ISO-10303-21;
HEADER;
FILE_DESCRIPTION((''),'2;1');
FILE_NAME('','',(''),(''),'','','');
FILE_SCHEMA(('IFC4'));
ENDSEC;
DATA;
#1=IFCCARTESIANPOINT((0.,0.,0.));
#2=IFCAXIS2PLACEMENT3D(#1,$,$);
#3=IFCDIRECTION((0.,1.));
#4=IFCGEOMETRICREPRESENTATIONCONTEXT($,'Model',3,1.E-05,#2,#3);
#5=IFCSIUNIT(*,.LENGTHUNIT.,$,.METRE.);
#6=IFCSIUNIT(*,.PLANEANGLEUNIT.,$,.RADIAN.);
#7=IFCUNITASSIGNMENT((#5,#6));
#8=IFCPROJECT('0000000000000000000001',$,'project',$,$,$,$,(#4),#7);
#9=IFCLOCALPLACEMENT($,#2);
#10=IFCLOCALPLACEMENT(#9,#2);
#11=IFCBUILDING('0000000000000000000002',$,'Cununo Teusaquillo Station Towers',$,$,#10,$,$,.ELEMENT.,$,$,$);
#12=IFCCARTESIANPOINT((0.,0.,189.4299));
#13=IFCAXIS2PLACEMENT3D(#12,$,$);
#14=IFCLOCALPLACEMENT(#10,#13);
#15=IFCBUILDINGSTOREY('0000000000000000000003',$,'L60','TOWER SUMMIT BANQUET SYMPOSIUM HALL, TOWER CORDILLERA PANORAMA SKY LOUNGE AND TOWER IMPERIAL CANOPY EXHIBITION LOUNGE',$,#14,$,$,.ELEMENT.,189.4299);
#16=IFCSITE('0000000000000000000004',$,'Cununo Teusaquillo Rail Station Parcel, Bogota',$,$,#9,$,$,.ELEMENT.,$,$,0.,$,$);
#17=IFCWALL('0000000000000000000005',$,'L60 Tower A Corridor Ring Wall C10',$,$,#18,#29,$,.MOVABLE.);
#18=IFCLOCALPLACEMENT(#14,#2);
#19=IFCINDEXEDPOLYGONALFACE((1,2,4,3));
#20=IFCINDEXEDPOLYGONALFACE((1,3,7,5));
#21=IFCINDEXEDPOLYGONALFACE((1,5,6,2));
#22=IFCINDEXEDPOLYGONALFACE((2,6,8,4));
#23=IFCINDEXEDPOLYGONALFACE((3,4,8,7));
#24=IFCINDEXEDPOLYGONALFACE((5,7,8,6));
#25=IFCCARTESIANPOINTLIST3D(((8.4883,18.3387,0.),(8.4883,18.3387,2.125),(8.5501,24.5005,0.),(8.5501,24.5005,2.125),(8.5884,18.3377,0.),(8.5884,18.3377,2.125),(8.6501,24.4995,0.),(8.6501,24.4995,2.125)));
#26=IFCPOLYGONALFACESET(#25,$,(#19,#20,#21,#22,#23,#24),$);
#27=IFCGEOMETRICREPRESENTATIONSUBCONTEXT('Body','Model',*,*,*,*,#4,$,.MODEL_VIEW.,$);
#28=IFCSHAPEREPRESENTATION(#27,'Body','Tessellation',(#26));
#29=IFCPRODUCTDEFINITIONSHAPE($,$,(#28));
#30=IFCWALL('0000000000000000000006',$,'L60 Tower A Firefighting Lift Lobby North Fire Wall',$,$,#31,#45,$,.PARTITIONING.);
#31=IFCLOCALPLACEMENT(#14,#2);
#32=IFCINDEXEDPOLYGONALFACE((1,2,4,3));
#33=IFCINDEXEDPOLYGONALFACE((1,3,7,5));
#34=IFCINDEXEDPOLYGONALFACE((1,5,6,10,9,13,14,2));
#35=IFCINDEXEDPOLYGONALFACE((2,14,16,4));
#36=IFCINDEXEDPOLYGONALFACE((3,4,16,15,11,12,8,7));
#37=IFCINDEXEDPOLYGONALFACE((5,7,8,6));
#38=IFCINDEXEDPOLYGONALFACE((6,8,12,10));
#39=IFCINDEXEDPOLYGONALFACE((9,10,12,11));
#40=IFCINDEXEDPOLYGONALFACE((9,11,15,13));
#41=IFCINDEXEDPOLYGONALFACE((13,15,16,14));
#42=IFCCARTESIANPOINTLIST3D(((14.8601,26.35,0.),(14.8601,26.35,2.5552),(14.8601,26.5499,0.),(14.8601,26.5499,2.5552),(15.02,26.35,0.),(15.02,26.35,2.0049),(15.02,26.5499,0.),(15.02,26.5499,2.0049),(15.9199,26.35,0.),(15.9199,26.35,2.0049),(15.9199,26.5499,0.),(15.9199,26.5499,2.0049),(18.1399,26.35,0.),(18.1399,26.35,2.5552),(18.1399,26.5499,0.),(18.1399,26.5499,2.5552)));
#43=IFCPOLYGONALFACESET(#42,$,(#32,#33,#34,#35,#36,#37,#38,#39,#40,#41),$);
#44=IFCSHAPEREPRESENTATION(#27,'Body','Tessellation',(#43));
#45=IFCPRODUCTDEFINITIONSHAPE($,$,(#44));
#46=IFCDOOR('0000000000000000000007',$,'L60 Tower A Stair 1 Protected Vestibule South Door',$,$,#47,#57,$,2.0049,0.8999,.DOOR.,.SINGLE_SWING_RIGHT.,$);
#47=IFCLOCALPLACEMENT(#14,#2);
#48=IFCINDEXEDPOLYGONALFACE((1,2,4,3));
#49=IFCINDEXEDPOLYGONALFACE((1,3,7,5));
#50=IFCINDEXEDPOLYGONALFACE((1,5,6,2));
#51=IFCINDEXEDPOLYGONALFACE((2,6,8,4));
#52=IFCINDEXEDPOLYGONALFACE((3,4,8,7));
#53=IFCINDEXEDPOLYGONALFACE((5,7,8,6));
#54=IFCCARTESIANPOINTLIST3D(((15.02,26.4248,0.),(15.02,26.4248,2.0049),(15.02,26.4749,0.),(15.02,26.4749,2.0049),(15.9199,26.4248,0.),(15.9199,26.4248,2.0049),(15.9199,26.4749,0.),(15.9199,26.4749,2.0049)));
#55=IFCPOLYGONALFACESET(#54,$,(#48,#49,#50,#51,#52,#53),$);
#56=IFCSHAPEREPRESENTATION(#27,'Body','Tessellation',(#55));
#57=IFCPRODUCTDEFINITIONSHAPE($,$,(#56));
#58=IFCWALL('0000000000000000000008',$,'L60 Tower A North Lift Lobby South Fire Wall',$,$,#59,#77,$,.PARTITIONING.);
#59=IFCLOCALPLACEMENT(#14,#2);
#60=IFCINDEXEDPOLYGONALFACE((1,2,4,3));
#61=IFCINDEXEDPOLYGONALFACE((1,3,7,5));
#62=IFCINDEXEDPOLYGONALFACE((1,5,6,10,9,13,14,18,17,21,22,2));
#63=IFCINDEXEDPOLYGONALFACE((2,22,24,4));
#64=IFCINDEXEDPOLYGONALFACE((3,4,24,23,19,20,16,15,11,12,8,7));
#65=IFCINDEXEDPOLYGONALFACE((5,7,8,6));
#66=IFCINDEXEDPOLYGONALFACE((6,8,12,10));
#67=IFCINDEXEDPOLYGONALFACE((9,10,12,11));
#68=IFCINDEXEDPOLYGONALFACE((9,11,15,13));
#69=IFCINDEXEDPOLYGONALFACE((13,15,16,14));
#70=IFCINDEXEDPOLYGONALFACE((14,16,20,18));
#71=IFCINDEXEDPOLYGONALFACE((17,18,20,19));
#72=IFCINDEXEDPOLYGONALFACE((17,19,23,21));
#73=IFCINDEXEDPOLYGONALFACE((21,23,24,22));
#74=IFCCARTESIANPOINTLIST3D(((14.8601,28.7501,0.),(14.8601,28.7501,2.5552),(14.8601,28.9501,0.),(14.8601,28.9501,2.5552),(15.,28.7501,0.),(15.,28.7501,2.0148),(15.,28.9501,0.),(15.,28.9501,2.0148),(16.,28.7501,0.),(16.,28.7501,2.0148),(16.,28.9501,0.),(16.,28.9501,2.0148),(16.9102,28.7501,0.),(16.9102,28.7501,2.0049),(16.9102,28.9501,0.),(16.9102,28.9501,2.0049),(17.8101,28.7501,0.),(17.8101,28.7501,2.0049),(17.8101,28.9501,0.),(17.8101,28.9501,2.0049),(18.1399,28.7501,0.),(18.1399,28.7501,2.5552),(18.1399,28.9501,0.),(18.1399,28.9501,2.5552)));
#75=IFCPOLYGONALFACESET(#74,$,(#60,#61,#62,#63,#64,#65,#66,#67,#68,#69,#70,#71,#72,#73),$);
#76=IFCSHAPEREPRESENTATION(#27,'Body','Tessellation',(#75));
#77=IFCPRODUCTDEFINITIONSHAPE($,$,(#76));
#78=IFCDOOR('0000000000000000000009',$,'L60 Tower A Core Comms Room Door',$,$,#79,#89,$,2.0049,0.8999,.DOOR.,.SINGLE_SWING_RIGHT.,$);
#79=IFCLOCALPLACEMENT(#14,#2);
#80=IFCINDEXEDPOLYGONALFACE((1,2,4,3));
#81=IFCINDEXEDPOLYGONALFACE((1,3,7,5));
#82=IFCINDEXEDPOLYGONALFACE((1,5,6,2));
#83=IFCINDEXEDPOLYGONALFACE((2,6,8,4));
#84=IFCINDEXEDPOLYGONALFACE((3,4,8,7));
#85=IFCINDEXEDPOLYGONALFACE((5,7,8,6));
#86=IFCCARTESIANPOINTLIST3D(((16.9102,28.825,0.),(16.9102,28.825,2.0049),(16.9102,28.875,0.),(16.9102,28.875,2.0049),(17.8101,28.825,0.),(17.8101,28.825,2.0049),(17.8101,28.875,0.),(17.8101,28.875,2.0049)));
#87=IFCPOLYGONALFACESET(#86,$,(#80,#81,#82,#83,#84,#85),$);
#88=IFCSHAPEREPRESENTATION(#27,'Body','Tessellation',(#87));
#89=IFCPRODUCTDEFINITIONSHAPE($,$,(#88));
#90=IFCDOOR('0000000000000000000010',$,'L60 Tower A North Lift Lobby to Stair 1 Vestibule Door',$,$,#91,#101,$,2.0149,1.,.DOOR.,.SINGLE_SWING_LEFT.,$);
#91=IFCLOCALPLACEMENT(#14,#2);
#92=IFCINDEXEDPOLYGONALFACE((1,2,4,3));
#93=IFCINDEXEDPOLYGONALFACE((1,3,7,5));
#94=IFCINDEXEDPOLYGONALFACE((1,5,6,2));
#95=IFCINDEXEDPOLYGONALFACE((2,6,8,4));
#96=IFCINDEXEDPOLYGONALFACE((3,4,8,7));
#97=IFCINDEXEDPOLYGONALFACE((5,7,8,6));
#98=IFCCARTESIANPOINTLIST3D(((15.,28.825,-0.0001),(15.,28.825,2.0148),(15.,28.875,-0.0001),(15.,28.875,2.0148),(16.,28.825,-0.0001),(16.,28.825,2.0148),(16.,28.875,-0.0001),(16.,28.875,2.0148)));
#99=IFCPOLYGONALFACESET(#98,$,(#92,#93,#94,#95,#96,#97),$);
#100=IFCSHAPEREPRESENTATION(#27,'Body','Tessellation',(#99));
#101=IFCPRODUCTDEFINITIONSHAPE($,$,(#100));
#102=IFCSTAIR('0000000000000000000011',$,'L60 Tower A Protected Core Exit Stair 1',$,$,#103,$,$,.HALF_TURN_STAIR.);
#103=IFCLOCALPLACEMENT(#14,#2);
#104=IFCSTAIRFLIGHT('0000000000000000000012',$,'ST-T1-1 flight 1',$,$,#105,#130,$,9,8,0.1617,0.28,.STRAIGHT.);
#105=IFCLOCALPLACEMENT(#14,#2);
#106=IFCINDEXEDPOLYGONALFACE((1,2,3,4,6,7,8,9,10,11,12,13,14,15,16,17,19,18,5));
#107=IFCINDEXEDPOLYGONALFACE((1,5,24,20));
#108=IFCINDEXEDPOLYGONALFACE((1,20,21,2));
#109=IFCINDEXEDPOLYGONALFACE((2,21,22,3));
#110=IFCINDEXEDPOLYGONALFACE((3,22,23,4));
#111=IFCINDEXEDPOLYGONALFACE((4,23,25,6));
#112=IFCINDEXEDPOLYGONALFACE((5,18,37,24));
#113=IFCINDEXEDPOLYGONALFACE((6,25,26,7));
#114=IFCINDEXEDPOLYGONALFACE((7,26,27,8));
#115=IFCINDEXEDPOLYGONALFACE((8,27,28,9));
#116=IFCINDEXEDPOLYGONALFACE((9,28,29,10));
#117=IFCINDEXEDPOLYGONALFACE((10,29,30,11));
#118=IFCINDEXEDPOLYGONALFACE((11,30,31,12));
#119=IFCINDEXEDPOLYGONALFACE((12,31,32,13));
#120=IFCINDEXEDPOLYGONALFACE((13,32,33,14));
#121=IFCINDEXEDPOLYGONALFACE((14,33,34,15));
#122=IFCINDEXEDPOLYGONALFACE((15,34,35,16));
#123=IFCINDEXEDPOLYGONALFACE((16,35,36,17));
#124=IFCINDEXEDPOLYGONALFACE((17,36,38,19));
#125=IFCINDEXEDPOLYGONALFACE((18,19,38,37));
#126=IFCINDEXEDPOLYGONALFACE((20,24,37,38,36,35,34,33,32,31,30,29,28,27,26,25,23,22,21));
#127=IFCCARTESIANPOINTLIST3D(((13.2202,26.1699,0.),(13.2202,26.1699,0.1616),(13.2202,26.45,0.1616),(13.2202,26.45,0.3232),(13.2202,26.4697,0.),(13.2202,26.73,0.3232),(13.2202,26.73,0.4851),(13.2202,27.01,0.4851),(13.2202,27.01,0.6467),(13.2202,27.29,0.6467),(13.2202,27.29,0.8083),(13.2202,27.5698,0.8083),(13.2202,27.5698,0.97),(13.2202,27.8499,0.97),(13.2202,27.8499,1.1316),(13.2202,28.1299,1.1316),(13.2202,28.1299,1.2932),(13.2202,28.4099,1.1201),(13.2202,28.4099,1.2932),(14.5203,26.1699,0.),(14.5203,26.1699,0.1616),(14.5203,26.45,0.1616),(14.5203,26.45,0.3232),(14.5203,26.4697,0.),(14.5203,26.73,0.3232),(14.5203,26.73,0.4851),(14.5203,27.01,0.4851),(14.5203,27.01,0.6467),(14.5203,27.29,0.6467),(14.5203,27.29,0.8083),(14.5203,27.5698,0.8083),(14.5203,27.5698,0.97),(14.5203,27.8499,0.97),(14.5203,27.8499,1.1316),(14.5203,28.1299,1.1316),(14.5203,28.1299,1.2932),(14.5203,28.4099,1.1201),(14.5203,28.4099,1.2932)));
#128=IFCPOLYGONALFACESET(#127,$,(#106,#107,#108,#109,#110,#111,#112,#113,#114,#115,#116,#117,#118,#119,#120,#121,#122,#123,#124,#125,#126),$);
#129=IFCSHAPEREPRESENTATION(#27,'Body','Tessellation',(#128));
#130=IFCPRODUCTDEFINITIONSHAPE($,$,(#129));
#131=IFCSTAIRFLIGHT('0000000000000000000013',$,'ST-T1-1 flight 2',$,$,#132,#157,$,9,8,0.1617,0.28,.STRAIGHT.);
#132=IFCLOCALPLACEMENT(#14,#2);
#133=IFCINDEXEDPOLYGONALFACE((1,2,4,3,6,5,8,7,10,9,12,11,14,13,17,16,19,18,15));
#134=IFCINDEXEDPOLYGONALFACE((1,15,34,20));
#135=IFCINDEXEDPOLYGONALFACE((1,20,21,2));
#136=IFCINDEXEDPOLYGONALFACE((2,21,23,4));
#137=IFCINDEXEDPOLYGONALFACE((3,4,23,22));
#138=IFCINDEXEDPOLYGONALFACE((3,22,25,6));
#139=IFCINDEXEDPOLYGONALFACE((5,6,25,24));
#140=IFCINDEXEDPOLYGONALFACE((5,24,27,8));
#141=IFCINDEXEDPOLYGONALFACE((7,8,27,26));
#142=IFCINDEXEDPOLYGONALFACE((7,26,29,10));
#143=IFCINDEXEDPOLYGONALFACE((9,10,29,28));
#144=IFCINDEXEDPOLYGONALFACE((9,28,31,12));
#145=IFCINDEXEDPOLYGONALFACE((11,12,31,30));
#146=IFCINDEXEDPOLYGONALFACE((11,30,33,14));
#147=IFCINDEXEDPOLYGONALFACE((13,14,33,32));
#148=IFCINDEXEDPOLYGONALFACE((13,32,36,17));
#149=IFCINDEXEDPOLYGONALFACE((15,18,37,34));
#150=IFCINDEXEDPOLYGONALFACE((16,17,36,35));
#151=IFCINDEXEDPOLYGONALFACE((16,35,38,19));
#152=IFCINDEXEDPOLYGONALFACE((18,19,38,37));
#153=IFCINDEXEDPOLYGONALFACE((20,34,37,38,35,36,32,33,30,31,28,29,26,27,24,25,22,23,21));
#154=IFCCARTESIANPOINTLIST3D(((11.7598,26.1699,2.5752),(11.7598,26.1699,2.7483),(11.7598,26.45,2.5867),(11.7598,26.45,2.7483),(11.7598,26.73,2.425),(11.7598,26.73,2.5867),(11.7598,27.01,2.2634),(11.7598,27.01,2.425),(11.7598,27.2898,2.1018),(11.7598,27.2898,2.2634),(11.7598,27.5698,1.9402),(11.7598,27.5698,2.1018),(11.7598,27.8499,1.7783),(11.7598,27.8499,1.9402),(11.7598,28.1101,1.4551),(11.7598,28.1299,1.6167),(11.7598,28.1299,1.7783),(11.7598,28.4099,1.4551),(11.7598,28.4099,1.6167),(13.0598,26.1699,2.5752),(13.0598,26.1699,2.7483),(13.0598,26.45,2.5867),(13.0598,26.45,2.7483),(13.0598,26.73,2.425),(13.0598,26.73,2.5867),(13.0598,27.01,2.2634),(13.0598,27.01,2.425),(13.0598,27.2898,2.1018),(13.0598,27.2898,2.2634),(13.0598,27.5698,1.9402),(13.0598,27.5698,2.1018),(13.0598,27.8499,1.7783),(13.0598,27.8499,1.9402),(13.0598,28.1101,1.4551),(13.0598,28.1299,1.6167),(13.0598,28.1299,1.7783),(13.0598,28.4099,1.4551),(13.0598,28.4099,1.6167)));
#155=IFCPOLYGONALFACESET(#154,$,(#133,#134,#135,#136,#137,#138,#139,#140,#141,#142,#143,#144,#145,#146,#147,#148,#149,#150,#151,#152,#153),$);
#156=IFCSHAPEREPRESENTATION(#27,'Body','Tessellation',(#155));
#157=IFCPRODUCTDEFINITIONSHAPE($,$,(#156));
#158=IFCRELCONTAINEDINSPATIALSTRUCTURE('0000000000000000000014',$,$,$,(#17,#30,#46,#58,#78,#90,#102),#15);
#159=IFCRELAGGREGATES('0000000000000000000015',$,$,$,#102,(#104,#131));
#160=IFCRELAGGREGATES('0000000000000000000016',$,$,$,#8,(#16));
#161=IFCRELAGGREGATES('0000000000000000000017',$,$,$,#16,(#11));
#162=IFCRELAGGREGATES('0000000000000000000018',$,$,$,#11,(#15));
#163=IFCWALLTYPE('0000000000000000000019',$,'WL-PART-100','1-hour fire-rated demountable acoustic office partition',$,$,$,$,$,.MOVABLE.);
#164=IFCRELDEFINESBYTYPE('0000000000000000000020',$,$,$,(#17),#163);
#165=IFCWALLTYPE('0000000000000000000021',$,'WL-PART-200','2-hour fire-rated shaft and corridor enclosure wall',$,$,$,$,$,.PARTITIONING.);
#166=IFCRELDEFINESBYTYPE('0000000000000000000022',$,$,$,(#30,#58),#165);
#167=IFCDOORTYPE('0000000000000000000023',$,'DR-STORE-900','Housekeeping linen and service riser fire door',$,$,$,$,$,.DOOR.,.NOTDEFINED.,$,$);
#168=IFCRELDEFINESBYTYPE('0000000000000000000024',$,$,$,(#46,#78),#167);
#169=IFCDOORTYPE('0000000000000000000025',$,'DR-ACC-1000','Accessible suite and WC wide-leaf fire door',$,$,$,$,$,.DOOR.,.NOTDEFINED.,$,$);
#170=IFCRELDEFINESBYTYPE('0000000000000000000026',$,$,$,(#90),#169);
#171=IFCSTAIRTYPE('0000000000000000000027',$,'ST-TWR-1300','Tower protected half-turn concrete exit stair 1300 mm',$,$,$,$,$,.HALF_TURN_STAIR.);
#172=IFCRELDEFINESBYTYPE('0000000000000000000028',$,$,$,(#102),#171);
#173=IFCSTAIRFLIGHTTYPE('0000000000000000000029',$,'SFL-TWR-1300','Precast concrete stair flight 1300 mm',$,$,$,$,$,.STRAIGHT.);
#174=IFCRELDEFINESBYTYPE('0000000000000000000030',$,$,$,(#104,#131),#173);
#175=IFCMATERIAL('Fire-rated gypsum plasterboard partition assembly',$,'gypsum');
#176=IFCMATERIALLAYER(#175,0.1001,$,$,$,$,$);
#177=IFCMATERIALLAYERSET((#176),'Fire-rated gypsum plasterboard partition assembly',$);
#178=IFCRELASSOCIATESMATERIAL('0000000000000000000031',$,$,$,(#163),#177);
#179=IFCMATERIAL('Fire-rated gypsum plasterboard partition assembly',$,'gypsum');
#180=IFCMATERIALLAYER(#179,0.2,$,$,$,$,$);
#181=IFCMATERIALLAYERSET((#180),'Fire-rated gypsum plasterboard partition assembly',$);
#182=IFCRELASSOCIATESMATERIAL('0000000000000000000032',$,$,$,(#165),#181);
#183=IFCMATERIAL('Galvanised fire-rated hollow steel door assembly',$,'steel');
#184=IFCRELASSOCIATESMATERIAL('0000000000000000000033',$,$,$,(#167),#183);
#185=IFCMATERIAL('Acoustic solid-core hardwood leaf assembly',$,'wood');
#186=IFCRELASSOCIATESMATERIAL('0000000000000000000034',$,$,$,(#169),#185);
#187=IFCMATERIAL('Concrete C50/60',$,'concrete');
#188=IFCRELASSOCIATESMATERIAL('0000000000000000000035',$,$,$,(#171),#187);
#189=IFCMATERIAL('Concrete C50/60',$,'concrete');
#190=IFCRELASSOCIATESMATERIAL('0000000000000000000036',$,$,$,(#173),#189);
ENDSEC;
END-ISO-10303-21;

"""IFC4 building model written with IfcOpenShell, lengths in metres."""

from ifc_helpers import new_model, si_unit, direction, frame, frame_2d, origin, place, context, subcontext, project, spatial, polyline, rectangle, outline, extrude, source, transform, mapped, material, layer, layer_set, type_object, element, fill, aggregate, save


model = new_model("IFC4")

# Units and contexts
model_context = context("Model", 3, precision=1e-05, world=origin(), true_north=direction((0.0, 1.0)))
body_context = subcontext(model_context, "Body", "Model", "MODEL_VIEW")
ifc_project = project(units=[si_unit("LENGTHUNIT", "METRE"), si_unit("PLANEANGLEUNIT", "RADIAN")], contexts=[model_context])

# Site, building, storey
site_placement = place(None, origin())
site = spatial("IfcSite", under=ifc_project, at=site_placement, Name="Cununo Teusaquillo Rail Station Parcel, Bogota", CompositionType="ELEMENT", RefElevation=0.0)
building_placement = place(site_placement, origin())
building = spatial("IfcBuilding", under=site, at=building_placement, Name="Cununo Teusaquillo Station Towers", CompositionType="ELEMENT")
storey_placement = place(building_placement, frame((0.0, 0.0, 189.4299)))
storey = spatial("IfcBuildingStorey", under=building, at=storey_placement, Name="L60", Description="TOWER SUMMIT BANQUET SYMPOSIUM HALL, TOWER CORDILLERA PANORAMA SKY LOUNGE AND TOWER IMPERIAL CANOPY EXHIBITION LOUNGE", CompositionType="ELEMENT", Elevation=189.4299)

# Wall
ifc_material_1 = material(Name="Fire-rated gypsum plasterboard partition assembly", Category="gypsum")
ifc_layer_1 = layer(ifc_material_1, 0.1001)
ifc_layer_set_1 = layer_set([ifc_layer_1], Name="Fire-rated gypsum plasterboard partition assembly")
wall_type_1 = type_object("IfcWallType", Name="WL-PART-100", Description="1-hour fire-rated demountable acoustic office partition", PredefinedType="MOVABLE", material=ifc_layer_set_1)
wall_1_placement = place(storey_placement, frame((8.6001, 24.5, 0.0), z_axis=(0.0, 0.0, 1.0), x_axis=(-0.010024, -0.99995, 0.0)))
element("IfcWall", 1, at=wall_1_placement, inside=storey, type_object=wall_type_1, Name="L60 Tower A Corridor Ring Wall C10", PredefinedType="MOVABLE", context=body_context, shape_type="SweptSolid", body=[
    extrude(rectangle(XDim=6.1621, YDim=0.1001, at=frame_2d((3.0811, 0.0))), origin(), (0.0, 0.0, 1.0), 2.125),
])

# Wall, opening, door
ifc_material_2 = material(Name="Fire-rated gypsum plasterboard partition assembly", Category="gypsum")
ifc_layer_2 = layer(ifc_material_2, 0.2)
ifc_layer_set_2 = layer_set([ifc_layer_2], Name="Fire-rated gypsum plasterboard partition assembly")
wall_type_2 = type_object("IfcWallType", Name="WL-PART-200", Description="2-hour fire-rated shaft and corridor enclosure wall", PredefinedType="PARTITIONING", material=ifc_layer_set_2)
wall_2_placement = place(storey_placement, frame((14.8601, 26.45, 0.0), z_axis=(0.0, 0.0, 1.0), x_axis=(1.0, 0.0, 0.0)))
wall_2 = element("IfcWall", 2, at=wall_2_placement, inside=storey, type_object=wall_type_2, Name="L60 Tower A Firefighting Lift Lobby North Fire Wall", PredefinedType="PARTITIONING", context=body_context, shape_type="SweptSolid", body=[
    extrude(rectangle(XDim=3.2798, YDim=0.2, at=frame_2d((1.6399, 0.0))), origin(), (0.0, 0.0, 1.0), 2.5552),
])
shared_shape_1 = source(origin(), body_context, "Body", "SweptSolid", [
    extrude(rectangle(XDim=0.8999, YDim=2.0049, at=frame_2d((0.45, 1.0024))), frame((0.0, 0.1099, 0.0), z_axis=(0.0, -1.0, 0.0), x_axis=(1.0, 0.0, 0.0)), (0.0, 0.0, 1.0), 0.22),
])
opening_1_placement = place(wall_2_placement, frame((0.1599, 0.0, 0.0)))
opening_1 = element("IfcOpeningElement", 3, at=opening_1_placement, cuts=wall_2, PredefinedType="OPENING", context=body_context, shape_type="MappedRepresentation", body=[
    mapped(shared_shape_1, transform((0.0, 0.0, 0.0), x_axis=(1.0, 0.0, 0.0), y_axis=(0.0, 1.0, 0.0), z_axis=(0.0, 0.0, 1.0), scale=1.0)),
])
ifc_material_3 = material(Name="Galvanised fire-rated hollow steel door assembly", Category="steel")
door_type_1 = type_object("IfcDoorType", Name="DR-STORE-900", Description="Housekeeping linen and service riser fire door", OperationType="NOTDEFINED", PredefinedType="DOOR", material=ifc_material_3)
shared_shape_2 = source(origin(), body_context, "Body", "SweptSolid", [
    extrude(rectangle(XDim=0.8999, YDim=2.0049, at=frame_2d((0.45, 1.0024))), frame((0.0, 0.0249, 0.0), z_axis=(0.0, -1.0, 0.0), x_axis=(1.0, 0.0, 0.0)), (0.0, 0.0, 1.0), 0.05),
])
door_1_placement = place(opening_1_placement, origin())
door_1 = element("IfcDoor", 4, at=door_1_placement, inside=storey, type_object=door_type_1, Name="L60 Tower A Stair 1 Protected Vestibule South Door", OperationType="SINGLE_SWING_RIGHT", OverallHeight=2.0049, OverallWidth=0.8999, PredefinedType="DOOR", context=body_context, shape_type="MappedRepresentation", body=[
    mapped(shared_shape_2, transform((0.0, 0.0, 0.0), x_axis=(1.0, 0.0, 0.0), y_axis=(0.0, 1.0, 0.0), z_axis=(0.0, 0.0, 1.0), scale=1.0)),
])
fill(opening_1, door_1)

# Wall, openings, doors
wall_3_placement = place(storey_placement, frame((14.8601, 28.8501, 0.0), z_axis=(0.0, 0.0, 1.0), x_axis=(1.0, 0.0, 0.0)))
wall_3 = element("IfcWall", 5, at=wall_3_placement, inside=storey, type_object=wall_type_2, Name="L60 Tower A North Lift Lobby South Fire Wall", PredefinedType="PARTITIONING", context=body_context, shape_type="SweptSolid", body=[
    extrude(rectangle(XDim=3.2798, YDim=0.2, at=frame_2d((1.6399, 0.0))), origin(), (0.0, 0.0, 1.0), 2.5552),
])
shared_shape_3 = source(origin(), body_context, "Body", "SweptSolid", [
    extrude(rectangle(XDim=1.0, YDim=2.0149, at=frame_2d((0.5, 1.0073))), frame((0.0, 0.1099, 0.0), z_axis=(0.0, -1.0, 0.0), x_axis=(1.0, 0.0, 0.0)), (0.0, 0.0, 1.0), 0.22),
])
opening_2_placement = place(wall_3_placement, frame((0.1399, 0.0, 0.0)))
opening_2 = element("IfcOpeningElement", 6, at=opening_2_placement, cuts=wall_3, PredefinedType="OPENING", context=body_context, shape_type="MappedRepresentation", body=[
    mapped(shared_shape_3, transform((0.0, 0.0, 0.0), x_axis=(1.0, 0.0, 0.0), y_axis=(0.0, 1.0, 0.0), z_axis=(0.0, 0.0, 1.0), scale=1.0)),
])
opening_3_placement = place(wall_3_placement, frame((2.05, 0.0, 0.0)))
opening_3 = element("IfcOpeningElement", 7, at=opening_3_placement, cuts=wall_3, PredefinedType="OPENING", context=body_context, shape_type="MappedRepresentation", body=[
    mapped(shared_shape_1, transform((0.0, 0.0, 0.0), x_axis=(1.0, 0.0, 0.0), y_axis=(0.0, 1.0, 0.0), z_axis=(0.0, 0.0, 1.0), scale=1.0)),
])
door_2_placement = place(opening_3_placement, origin())
door_2 = element("IfcDoor", 8, at=door_2_placement, inside=storey, type_object=door_type_1, Name="L60 Tower A Core Comms Room Door", OperationType="SINGLE_SWING_RIGHT", OverallHeight=2.0049, OverallWidth=0.8999, PredefinedType="DOOR", context=body_context, shape_type="MappedRepresentation", body=[
    mapped(shared_shape_2, transform((0.0, 0.0, 0.0), x_axis=(1.0, 0.0, 0.0), y_axis=(0.0, 1.0, 0.0), z_axis=(0.0, 0.0, 1.0), scale=1.0)),
])
fill(opening_3, door_2)
ifc_material_4 = material(Name="Acoustic solid-core hardwood leaf assembly", Category="wood")
door_type_2 = type_object("IfcDoorType", Name="DR-ACC-1000", Description="Accessible suite and WC wide-leaf fire door", OperationType="NOTDEFINED", PredefinedType="DOOR", material=ifc_material_4)
shared_shape_4 = source(origin(), body_context, "Body", "SweptSolid", [
    extrude(rectangle(XDim=1.0, YDim=2.0149, at=frame_2d((0.5, 1.0073))), frame((0.0, 0.0249, 0.0), z_axis=(0.0, -1.0, 0.0), x_axis=(1.0, 0.0, 0.0)), (0.0, 0.0, 1.0), 0.05),
])
door_3_placement = place(opening_2_placement, origin())
door_3 = element("IfcDoor", 9, at=door_3_placement, inside=storey, type_object=door_type_2, Name="L60 Tower A North Lift Lobby to Stair 1 Vestibule Door", OperationType="SINGLE_SWING_LEFT", OverallHeight=2.0149, OverallWidth=1.0, PredefinedType="DOOR", context=body_context, shape_type="MappedRepresentation", body=[
    mapped(shared_shape_4, transform((0.0, 0.0, 0.0), x_axis=(1.0, 0.0, 0.0), y_axis=(0.0, 1.0, 0.0), z_axis=(0.0, 0.0, 1.0), scale=1.0)),
])
fill(opening_2, door_3)

# Stair, stair flights
ifc_material_5 = material(Name="Concrete C50/60", Category="concrete")
stair_type = type_object("IfcStairType", Name="ST-TWR-1300", Description="Tower protected half-turn concrete exit stair 1300 mm", PredefinedType="HALF_TURN_STAIR", material=ifc_material_5)
stair_placement = place(storey_placement, origin())
stair = element("IfcStair", 10, at=stair_placement, inside=storey, type_object=stair_type, Name="L60 Tower A Protected Core Exit Stair 1", PredefinedType="HALF_TURN_STAIR")
ifc_material_6 = material(Name="Concrete C50/60", Category="concrete")
stair_flight_type = type_object("IfcStairFlightType", Name="SFL-TWR-1300", Description="Precast concrete stair flight 1300 mm", PredefinedType="STRAIGHT", material=ifc_material_6)
stair_flight_1_placement = place(storey_placement, frame((13.8701, 26.1699, 0.0), z_axis=(0.0, 0.0, 1.0), x_axis=(0.0, 1.0, 0.0)))
stair_flight_1 = element("IfcStairFlight", 11, at=stair_flight_1_placement, type_object=stair_flight_type, Name="ST-T1-1 flight 1", NumberOfRisers=9, NumberOfTreads=8, PredefinedType="STRAIGHT", RiserHeight=0.1617, TreadLength=0.28, context=body_context, shape_type="SweptSolid", body=[
    extrude(outline(polyline([(0.0, 0.0), (0.0, 0.1616), (0.28, 0.1616), (0.28, 0.3232), (0.5601, 0.3232), (0.5601, 0.4851), (0.8401, 0.4851), (0.8401, 0.6467), (1.1201, 0.6467), (1.1201, 0.8083), (1.3999, 0.8083), (1.3999, 0.97), (1.6799, 0.97), (1.6799, 1.1316), (1.96, 1.1316), (1.96, 1.2932), (2.24, 1.2932), (2.24, 1.4551), (2.24, 1.1201), (0.2998, 0.0), (0.0, 0.0)])), frame((0.0, 0.6499, 0.0), z_axis=(0.0, -1.0, 0.0), x_axis=(1.0, 0.0, 0.0)), (0.0, 0.0, 1.0), 1.3),
])
stair_flight_2_placement = place(storey_placement, frame((12.4099, 28.4099, 1.4551), z_axis=(0.0, 0.0, 1.0), x_axis=(0.0, -1.0, 0.0)))
stair_flight_2 = element("IfcStairFlight", 12, at=stair_flight_2_placement, type_object=stair_flight_type, Name="ST-T1-1 flight 2", NumberOfRisers=9, NumberOfTreads=8, PredefinedType="STRAIGHT", RiserHeight=0.1617, TreadLength=0.28, context=body_context, shape_type="SweptSolid", body=[
    extrude(outline(polyline([(0.0, 0.0), (0.0, 0.1616), (0.28, 0.1616), (0.28, 0.3232), (0.5601, 0.3232), (0.5601, 0.4851), (0.8401, 0.4851), (0.8401, 0.6467), (1.1201, 0.6467), (1.1201, 0.8083), (1.3999, 0.8083), (1.3999, 0.97), (1.6799, 0.97), (1.6799, 1.1316), (1.96, 1.1316), (1.96, 1.2932), (2.24, 1.2932), (2.24, 1.4551), (2.24, 1.1201), (0.2998, 0.0), (0.0, 0.0)])), frame((0.0, 0.6499, 0.0), z_axis=(0.0, -1.0, 0.0), x_axis=(1.0, 0.0, 0.0)), (0.0, 0.0, 1.0), 1.3),
])
aggregate(stair, [stair_flight_1, stair_flight_2])

save(model, "model.ifc")
